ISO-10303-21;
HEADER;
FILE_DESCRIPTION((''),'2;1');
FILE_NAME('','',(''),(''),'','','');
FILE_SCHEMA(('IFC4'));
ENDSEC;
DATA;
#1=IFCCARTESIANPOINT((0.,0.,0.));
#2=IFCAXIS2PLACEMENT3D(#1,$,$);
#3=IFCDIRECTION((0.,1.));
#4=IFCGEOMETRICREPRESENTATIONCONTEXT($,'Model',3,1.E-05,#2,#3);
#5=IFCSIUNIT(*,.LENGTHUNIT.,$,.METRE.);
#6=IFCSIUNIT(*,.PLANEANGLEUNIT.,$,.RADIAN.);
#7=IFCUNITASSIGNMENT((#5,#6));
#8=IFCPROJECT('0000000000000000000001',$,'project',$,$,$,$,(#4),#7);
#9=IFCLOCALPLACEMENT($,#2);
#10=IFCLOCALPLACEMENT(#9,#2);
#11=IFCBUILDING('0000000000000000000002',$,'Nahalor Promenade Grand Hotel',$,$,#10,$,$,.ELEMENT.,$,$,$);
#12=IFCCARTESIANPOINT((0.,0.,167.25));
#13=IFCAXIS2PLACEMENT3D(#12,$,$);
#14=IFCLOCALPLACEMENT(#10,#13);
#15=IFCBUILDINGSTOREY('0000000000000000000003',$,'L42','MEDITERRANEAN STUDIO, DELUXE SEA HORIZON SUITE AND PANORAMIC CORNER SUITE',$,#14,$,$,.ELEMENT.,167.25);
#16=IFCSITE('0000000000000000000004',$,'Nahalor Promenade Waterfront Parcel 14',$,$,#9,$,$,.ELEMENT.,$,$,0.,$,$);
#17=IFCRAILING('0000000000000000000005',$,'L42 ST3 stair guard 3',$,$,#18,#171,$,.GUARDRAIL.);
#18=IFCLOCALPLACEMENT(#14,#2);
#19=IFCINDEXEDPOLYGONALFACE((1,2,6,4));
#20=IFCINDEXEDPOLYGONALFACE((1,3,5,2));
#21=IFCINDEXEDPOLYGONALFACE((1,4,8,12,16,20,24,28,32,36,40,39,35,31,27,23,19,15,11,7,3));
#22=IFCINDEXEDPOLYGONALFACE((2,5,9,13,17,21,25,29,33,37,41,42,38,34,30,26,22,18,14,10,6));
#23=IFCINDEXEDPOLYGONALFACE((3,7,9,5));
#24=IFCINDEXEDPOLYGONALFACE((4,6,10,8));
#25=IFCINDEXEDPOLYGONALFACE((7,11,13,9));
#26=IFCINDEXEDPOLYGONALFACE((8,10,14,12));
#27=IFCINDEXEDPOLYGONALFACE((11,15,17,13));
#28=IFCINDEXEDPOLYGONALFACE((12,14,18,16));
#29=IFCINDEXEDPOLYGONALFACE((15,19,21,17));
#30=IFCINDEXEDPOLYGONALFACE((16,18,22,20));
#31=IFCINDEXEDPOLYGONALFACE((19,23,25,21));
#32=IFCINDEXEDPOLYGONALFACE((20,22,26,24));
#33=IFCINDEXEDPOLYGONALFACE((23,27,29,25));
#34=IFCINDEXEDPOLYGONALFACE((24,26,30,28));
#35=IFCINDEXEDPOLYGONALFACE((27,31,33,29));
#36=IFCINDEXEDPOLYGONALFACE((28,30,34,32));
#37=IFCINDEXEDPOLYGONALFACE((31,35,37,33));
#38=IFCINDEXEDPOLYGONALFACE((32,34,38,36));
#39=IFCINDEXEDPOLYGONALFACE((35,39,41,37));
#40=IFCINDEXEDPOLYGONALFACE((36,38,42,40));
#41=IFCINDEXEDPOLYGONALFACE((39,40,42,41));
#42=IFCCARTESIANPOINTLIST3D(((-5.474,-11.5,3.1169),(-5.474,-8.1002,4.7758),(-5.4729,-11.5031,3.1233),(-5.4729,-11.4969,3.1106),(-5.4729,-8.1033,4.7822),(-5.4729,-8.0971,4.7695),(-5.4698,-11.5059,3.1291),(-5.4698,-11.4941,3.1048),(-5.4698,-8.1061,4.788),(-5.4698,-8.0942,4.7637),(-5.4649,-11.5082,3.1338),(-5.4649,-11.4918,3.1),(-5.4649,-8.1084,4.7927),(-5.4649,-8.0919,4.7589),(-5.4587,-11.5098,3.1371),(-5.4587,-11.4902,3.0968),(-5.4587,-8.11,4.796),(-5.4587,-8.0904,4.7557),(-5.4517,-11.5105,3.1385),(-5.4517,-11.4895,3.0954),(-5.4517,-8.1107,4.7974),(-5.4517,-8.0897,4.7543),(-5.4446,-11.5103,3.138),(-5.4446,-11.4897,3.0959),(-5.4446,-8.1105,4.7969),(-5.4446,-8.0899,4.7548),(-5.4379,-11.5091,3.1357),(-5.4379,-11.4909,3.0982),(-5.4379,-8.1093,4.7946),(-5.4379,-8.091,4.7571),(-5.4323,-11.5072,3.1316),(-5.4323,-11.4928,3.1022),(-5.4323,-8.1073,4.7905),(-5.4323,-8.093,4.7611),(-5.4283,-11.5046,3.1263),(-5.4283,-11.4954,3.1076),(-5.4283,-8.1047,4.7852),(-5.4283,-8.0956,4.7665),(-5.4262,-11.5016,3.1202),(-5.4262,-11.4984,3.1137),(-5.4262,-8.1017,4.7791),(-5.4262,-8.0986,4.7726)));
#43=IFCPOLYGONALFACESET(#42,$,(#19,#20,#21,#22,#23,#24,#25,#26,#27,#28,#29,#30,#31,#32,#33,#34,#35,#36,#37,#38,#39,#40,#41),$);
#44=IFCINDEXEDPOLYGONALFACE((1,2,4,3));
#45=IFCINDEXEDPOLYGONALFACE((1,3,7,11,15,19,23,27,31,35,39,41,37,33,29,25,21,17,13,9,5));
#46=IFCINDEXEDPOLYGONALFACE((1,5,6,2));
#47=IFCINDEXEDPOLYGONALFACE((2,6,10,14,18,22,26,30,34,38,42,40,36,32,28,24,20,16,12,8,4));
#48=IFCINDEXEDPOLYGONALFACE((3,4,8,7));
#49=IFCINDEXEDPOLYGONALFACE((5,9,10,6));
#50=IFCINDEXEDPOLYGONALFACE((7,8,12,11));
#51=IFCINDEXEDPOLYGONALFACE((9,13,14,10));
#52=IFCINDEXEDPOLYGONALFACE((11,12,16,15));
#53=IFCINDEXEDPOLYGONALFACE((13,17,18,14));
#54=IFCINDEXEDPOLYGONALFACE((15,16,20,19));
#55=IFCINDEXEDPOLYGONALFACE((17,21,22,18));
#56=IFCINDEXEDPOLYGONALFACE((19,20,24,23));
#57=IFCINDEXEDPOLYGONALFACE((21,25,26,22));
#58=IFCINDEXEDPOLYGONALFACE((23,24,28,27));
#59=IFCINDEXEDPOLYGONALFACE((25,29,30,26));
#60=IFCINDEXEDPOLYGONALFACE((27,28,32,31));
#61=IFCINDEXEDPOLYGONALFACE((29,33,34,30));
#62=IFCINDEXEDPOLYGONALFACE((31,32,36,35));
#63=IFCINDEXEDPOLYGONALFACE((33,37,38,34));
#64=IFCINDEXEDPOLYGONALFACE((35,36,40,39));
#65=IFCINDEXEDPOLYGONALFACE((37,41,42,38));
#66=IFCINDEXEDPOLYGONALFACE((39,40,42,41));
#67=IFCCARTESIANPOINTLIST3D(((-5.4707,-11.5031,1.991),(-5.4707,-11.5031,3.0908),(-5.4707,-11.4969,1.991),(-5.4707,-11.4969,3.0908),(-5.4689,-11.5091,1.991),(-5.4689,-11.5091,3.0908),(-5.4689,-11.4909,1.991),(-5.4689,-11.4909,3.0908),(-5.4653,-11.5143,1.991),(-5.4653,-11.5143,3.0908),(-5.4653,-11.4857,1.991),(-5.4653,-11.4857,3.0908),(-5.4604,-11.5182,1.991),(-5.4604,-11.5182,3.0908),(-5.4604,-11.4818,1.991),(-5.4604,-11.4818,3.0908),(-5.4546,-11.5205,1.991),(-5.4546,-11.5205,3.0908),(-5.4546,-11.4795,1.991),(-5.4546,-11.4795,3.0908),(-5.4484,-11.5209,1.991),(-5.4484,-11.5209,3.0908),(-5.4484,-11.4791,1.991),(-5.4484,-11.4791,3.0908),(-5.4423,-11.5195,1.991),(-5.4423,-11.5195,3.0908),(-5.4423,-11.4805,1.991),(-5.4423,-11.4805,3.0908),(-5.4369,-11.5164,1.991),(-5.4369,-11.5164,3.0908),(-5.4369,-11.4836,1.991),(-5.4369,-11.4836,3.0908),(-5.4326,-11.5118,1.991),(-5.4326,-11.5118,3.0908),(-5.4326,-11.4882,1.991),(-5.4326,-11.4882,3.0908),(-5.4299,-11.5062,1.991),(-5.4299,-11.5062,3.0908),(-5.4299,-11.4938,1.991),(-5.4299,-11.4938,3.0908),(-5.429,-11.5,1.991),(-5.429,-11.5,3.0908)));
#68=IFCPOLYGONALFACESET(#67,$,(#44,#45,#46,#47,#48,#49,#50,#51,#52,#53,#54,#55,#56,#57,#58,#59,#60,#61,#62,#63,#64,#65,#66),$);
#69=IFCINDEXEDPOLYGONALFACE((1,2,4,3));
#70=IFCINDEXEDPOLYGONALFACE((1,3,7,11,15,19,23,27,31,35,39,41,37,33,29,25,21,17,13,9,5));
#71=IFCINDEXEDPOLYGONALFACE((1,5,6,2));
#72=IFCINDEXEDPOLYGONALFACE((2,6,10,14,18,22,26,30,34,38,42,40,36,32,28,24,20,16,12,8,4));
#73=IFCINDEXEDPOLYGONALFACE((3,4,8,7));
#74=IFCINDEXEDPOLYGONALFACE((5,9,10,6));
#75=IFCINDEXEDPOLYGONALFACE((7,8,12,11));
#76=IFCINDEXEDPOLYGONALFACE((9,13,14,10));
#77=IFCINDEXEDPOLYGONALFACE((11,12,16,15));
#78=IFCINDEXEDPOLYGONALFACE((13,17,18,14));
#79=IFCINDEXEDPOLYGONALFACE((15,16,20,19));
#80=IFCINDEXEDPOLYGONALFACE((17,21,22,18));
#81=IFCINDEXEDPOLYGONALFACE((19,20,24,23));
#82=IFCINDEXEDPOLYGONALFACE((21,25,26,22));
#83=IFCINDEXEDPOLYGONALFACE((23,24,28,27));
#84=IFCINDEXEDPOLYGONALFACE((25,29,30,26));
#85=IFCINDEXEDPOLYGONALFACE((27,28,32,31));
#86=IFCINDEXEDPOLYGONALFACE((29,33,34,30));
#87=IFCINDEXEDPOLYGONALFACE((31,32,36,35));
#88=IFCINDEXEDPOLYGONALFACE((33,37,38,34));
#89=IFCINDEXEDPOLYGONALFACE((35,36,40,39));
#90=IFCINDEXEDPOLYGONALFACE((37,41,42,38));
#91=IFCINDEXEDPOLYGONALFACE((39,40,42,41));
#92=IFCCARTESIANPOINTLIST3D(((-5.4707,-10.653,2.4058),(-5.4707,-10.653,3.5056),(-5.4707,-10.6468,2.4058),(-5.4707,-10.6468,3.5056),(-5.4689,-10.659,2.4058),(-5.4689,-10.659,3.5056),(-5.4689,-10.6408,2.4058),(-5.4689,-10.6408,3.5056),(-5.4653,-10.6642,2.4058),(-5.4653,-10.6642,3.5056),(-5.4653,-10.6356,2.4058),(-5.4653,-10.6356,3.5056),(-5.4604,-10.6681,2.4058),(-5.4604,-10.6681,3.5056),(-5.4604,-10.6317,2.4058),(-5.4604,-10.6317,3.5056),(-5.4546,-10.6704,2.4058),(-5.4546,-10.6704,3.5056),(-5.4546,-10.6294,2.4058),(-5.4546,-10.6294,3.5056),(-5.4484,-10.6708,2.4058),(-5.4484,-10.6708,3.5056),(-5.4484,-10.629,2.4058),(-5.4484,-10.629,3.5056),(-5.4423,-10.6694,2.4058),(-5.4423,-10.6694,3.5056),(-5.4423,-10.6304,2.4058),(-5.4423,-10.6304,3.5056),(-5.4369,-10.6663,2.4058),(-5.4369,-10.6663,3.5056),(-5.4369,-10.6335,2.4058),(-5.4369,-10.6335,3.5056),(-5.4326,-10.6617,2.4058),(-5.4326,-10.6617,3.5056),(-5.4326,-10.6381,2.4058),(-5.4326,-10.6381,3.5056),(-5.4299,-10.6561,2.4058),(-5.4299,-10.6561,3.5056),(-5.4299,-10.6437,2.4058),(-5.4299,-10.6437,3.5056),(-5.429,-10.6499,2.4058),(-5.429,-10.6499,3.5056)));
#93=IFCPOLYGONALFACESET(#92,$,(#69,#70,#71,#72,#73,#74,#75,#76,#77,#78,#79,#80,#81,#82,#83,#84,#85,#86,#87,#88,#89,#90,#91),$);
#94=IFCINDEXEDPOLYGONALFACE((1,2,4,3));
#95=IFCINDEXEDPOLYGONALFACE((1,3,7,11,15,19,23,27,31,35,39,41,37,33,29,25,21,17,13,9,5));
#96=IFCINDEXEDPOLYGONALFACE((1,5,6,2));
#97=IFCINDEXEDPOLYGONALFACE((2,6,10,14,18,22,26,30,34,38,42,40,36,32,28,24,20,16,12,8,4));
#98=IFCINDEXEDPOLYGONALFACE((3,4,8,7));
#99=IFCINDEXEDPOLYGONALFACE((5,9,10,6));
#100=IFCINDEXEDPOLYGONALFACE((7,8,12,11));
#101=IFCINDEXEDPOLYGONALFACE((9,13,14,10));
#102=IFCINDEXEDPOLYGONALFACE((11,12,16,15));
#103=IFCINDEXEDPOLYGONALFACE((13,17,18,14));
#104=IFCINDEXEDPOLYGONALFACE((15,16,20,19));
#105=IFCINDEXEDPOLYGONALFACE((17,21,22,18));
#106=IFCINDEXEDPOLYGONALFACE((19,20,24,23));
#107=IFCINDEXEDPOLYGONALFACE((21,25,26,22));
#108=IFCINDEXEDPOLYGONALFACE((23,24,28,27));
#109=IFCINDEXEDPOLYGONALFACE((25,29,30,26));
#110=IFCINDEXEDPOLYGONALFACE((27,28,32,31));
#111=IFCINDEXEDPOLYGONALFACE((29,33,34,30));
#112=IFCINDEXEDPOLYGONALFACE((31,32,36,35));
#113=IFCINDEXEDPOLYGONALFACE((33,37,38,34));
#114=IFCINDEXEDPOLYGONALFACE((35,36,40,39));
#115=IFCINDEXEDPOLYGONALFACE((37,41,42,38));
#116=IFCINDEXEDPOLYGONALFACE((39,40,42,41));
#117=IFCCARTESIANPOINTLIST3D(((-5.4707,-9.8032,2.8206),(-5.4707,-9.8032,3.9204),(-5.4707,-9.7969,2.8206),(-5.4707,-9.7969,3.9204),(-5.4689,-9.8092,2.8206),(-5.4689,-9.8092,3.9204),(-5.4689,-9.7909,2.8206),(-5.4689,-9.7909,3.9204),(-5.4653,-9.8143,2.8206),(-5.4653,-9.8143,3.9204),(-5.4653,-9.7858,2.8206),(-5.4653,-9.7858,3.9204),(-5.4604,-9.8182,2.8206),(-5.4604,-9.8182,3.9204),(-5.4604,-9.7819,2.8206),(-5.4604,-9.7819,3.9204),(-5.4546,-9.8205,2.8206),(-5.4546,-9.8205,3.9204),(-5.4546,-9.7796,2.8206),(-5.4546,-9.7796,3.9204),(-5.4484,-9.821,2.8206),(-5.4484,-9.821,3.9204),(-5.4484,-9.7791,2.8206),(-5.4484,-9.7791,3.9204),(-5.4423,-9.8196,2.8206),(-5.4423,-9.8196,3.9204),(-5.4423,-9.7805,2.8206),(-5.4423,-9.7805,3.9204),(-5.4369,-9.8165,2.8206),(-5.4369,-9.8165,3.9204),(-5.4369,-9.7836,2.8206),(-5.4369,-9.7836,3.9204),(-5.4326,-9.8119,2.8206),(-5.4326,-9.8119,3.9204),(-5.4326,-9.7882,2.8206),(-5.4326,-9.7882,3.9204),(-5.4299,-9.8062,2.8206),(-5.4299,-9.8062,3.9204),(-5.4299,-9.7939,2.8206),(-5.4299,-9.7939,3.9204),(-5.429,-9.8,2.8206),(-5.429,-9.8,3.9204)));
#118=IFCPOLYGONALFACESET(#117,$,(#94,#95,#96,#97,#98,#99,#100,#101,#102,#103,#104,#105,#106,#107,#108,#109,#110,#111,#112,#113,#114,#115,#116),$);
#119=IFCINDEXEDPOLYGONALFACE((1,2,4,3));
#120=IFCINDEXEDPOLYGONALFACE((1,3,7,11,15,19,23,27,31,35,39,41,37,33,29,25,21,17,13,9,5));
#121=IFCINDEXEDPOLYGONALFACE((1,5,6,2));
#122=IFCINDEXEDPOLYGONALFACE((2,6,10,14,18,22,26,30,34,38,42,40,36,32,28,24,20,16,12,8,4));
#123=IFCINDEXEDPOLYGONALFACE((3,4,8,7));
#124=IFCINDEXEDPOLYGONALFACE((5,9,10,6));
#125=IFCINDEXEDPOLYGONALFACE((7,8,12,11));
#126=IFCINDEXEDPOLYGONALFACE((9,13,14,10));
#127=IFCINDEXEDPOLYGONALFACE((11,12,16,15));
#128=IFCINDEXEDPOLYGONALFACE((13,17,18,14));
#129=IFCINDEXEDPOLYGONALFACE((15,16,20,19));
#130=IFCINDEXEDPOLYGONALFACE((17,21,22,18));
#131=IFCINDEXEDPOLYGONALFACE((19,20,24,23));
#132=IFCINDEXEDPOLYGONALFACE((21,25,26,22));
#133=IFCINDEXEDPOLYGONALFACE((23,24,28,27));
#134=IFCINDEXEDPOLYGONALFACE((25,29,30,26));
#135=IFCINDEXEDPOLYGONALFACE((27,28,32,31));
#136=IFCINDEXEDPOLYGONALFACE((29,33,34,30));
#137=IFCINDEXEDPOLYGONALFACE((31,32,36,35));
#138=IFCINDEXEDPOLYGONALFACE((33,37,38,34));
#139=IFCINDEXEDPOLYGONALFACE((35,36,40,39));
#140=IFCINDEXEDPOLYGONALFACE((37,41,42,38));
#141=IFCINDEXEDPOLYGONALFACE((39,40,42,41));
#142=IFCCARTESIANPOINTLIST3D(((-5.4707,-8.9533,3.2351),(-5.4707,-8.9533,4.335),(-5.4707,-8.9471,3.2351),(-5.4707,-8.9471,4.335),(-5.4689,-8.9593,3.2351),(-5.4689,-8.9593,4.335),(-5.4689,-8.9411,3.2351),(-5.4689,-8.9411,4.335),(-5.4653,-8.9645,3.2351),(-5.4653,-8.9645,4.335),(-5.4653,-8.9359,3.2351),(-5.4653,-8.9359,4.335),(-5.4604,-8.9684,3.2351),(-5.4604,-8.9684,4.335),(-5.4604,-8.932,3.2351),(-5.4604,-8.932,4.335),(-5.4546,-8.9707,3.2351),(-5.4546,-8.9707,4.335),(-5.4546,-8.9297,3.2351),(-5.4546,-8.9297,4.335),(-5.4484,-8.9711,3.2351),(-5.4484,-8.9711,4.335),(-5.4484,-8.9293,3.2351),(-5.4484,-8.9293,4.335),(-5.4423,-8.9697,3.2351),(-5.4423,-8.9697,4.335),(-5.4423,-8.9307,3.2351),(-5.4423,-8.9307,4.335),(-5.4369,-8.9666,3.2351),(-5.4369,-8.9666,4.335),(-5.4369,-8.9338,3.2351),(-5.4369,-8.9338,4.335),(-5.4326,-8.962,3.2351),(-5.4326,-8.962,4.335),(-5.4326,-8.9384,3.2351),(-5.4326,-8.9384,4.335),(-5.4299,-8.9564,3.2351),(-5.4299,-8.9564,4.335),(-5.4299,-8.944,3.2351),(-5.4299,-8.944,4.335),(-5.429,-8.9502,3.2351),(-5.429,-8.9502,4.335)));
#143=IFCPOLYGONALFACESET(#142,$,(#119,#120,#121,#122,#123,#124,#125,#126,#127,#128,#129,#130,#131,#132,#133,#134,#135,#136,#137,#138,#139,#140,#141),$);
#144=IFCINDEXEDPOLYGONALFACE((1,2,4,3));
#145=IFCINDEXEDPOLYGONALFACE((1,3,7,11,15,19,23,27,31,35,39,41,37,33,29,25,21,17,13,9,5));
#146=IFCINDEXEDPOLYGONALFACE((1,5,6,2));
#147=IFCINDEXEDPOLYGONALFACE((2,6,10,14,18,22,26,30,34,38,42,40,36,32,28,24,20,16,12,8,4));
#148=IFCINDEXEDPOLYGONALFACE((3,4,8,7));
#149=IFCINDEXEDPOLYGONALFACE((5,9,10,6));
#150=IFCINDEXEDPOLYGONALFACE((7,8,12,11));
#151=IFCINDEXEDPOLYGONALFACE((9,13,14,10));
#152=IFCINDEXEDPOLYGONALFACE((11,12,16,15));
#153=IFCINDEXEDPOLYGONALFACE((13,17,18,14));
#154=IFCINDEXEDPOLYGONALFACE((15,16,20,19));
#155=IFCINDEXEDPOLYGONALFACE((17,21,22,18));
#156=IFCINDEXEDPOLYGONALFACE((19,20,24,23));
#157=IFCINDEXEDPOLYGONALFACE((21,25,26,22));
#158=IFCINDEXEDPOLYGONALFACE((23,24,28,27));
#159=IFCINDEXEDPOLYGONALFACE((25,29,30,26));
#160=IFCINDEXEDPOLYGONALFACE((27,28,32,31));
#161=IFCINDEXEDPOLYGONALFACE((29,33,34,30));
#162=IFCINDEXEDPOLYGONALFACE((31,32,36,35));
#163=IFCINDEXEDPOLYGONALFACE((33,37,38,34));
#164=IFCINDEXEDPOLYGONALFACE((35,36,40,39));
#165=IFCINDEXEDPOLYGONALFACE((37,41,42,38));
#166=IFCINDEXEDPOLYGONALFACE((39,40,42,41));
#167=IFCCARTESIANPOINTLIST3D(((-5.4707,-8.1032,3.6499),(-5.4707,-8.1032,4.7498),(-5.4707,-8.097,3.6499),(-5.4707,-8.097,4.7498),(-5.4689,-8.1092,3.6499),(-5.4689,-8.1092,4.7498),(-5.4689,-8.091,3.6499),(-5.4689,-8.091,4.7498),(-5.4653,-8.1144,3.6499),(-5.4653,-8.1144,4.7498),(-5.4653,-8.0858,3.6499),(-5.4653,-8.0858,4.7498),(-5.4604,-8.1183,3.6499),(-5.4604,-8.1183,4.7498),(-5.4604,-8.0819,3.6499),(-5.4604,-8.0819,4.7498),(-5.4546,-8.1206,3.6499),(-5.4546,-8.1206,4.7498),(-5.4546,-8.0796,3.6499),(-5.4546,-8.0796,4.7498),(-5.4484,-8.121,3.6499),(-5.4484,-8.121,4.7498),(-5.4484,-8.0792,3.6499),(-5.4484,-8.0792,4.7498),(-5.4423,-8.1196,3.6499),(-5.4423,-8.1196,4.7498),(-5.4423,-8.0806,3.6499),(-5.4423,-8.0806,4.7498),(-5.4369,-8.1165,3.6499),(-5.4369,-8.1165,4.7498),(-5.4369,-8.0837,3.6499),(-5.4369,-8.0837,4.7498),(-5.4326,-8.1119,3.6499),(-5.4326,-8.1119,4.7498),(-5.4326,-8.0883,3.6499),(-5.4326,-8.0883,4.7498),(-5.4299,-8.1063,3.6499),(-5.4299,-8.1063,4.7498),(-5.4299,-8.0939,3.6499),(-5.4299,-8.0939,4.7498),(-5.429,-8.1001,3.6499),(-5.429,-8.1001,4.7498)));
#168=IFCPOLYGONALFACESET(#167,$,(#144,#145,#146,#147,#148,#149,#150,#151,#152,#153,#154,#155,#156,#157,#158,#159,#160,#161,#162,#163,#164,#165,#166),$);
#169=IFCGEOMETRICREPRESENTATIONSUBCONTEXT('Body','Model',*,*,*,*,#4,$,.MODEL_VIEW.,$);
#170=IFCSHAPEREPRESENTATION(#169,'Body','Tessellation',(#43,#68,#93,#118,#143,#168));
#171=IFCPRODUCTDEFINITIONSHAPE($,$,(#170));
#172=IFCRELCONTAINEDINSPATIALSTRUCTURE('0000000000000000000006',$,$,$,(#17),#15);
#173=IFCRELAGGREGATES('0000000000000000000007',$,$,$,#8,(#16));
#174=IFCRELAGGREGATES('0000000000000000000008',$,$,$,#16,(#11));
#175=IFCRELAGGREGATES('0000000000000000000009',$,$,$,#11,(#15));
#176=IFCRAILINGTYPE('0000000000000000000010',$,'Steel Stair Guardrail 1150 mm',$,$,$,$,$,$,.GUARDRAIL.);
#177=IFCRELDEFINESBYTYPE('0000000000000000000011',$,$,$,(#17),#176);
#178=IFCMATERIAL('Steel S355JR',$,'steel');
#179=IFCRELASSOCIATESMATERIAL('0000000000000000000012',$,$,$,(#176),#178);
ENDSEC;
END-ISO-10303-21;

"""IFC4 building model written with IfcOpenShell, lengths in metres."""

from ifc_helpers import new_model, si_unit, direction, frame, origin, origin_2d, place, context, subcontext, project, spatial, circle, extrude, material, type_object, element, save


model = new_model("IFC4")

# Units and contexts
model_context = context("Model", 3, precision=1e-05, world=origin(), true_north=direction((0.0, 1.0)))
body_context = subcontext(model_context, "Body", "Model", "MODEL_VIEW")
ifc_project = project(units=[si_unit("LENGTHUNIT", "METRE"), si_unit("PLANEANGLEUNIT", "RADIAN")], contexts=[model_context])

# Site, building, storey
site_placement = place(None, origin())
site = spatial("IfcSite", under=ifc_project, at=site_placement, Name="Nahalor Promenade Waterfront Parcel 14", CompositionType="ELEMENT", RefElevation=0.0)
building_placement = place(site_placement, origin())
building = spatial("IfcBuilding", under=site, at=building_placement, Name="Nahalor Promenade Grand Hotel", CompositionType="ELEMENT")
storey_placement = place(building_placement, frame((0.0, 0.0, 167.25)))
storey = spatial("IfcBuildingStorey", under=building, at=storey_placement, Name="L42", Description="MEDITERRANEAN STUDIO, DELUXE SEA HORIZON SUITE AND PANORAMIC CORNER SUITE", CompositionType="ELEMENT", Elevation=167.25)

# Shared definitions
ifc_material_1 = material(Name="Steel S355JR", Category="steel")

# Railing
railing_type_1 = type_object("IfcRailingType", Name="Steel Stair Guardrail 1150 mm", PredefinedType="GUARDRAIL", material=ifc_material_1)
railing_1_placement = place(storey_placement, frame((-5.45, -11.5, 1.991)))
element("IfcRailing", 1, at=railing_1_placement, inside=storey, type_object=railing_type_1, Name="L42 ST3 stair guard 3", PredefinedType="GUARDRAIL", context=body_context, shape_type="SweptSolid", body=[
    extrude(circle(Radius=0.024, at=origin_2d()), frame((0.0, 0.0, 1.126), z_axis=(0.0, 0.898722, 0.438519), x_axis=(-1.0, 0.0, 0.0)), (0.0, 0.0, 1.0), 3.783),
    extrude(circle(Radius=0.021, at=origin_2d()), origin(), (0.0, 0.0, 1.0), 1.0999),
    extrude(circle(Radius=0.021, at=origin_2d()), frame((0.0, 0.8501, 0.4148)), (0.0, 0.0, 1.0), 1.0999),
    extrude(circle(Radius=0.021, at=origin_2d()), frame((0.0, 1.7, 0.8296)), (0.0, 0.0, 1.0), 1.0999),
    extrude(circle(Radius=0.021, at=origin_2d()), frame((0.0, 2.5498, 1.2441)), (0.0, 0.0, 1.0), 1.0999),
    extrude(circle(Radius=0.021, at=origin_2d()), frame((0.0, 3.3999, 1.6589)), (0.0, 0.0, 1.0), 1.0999),
])

save(model, "model.ifc")
